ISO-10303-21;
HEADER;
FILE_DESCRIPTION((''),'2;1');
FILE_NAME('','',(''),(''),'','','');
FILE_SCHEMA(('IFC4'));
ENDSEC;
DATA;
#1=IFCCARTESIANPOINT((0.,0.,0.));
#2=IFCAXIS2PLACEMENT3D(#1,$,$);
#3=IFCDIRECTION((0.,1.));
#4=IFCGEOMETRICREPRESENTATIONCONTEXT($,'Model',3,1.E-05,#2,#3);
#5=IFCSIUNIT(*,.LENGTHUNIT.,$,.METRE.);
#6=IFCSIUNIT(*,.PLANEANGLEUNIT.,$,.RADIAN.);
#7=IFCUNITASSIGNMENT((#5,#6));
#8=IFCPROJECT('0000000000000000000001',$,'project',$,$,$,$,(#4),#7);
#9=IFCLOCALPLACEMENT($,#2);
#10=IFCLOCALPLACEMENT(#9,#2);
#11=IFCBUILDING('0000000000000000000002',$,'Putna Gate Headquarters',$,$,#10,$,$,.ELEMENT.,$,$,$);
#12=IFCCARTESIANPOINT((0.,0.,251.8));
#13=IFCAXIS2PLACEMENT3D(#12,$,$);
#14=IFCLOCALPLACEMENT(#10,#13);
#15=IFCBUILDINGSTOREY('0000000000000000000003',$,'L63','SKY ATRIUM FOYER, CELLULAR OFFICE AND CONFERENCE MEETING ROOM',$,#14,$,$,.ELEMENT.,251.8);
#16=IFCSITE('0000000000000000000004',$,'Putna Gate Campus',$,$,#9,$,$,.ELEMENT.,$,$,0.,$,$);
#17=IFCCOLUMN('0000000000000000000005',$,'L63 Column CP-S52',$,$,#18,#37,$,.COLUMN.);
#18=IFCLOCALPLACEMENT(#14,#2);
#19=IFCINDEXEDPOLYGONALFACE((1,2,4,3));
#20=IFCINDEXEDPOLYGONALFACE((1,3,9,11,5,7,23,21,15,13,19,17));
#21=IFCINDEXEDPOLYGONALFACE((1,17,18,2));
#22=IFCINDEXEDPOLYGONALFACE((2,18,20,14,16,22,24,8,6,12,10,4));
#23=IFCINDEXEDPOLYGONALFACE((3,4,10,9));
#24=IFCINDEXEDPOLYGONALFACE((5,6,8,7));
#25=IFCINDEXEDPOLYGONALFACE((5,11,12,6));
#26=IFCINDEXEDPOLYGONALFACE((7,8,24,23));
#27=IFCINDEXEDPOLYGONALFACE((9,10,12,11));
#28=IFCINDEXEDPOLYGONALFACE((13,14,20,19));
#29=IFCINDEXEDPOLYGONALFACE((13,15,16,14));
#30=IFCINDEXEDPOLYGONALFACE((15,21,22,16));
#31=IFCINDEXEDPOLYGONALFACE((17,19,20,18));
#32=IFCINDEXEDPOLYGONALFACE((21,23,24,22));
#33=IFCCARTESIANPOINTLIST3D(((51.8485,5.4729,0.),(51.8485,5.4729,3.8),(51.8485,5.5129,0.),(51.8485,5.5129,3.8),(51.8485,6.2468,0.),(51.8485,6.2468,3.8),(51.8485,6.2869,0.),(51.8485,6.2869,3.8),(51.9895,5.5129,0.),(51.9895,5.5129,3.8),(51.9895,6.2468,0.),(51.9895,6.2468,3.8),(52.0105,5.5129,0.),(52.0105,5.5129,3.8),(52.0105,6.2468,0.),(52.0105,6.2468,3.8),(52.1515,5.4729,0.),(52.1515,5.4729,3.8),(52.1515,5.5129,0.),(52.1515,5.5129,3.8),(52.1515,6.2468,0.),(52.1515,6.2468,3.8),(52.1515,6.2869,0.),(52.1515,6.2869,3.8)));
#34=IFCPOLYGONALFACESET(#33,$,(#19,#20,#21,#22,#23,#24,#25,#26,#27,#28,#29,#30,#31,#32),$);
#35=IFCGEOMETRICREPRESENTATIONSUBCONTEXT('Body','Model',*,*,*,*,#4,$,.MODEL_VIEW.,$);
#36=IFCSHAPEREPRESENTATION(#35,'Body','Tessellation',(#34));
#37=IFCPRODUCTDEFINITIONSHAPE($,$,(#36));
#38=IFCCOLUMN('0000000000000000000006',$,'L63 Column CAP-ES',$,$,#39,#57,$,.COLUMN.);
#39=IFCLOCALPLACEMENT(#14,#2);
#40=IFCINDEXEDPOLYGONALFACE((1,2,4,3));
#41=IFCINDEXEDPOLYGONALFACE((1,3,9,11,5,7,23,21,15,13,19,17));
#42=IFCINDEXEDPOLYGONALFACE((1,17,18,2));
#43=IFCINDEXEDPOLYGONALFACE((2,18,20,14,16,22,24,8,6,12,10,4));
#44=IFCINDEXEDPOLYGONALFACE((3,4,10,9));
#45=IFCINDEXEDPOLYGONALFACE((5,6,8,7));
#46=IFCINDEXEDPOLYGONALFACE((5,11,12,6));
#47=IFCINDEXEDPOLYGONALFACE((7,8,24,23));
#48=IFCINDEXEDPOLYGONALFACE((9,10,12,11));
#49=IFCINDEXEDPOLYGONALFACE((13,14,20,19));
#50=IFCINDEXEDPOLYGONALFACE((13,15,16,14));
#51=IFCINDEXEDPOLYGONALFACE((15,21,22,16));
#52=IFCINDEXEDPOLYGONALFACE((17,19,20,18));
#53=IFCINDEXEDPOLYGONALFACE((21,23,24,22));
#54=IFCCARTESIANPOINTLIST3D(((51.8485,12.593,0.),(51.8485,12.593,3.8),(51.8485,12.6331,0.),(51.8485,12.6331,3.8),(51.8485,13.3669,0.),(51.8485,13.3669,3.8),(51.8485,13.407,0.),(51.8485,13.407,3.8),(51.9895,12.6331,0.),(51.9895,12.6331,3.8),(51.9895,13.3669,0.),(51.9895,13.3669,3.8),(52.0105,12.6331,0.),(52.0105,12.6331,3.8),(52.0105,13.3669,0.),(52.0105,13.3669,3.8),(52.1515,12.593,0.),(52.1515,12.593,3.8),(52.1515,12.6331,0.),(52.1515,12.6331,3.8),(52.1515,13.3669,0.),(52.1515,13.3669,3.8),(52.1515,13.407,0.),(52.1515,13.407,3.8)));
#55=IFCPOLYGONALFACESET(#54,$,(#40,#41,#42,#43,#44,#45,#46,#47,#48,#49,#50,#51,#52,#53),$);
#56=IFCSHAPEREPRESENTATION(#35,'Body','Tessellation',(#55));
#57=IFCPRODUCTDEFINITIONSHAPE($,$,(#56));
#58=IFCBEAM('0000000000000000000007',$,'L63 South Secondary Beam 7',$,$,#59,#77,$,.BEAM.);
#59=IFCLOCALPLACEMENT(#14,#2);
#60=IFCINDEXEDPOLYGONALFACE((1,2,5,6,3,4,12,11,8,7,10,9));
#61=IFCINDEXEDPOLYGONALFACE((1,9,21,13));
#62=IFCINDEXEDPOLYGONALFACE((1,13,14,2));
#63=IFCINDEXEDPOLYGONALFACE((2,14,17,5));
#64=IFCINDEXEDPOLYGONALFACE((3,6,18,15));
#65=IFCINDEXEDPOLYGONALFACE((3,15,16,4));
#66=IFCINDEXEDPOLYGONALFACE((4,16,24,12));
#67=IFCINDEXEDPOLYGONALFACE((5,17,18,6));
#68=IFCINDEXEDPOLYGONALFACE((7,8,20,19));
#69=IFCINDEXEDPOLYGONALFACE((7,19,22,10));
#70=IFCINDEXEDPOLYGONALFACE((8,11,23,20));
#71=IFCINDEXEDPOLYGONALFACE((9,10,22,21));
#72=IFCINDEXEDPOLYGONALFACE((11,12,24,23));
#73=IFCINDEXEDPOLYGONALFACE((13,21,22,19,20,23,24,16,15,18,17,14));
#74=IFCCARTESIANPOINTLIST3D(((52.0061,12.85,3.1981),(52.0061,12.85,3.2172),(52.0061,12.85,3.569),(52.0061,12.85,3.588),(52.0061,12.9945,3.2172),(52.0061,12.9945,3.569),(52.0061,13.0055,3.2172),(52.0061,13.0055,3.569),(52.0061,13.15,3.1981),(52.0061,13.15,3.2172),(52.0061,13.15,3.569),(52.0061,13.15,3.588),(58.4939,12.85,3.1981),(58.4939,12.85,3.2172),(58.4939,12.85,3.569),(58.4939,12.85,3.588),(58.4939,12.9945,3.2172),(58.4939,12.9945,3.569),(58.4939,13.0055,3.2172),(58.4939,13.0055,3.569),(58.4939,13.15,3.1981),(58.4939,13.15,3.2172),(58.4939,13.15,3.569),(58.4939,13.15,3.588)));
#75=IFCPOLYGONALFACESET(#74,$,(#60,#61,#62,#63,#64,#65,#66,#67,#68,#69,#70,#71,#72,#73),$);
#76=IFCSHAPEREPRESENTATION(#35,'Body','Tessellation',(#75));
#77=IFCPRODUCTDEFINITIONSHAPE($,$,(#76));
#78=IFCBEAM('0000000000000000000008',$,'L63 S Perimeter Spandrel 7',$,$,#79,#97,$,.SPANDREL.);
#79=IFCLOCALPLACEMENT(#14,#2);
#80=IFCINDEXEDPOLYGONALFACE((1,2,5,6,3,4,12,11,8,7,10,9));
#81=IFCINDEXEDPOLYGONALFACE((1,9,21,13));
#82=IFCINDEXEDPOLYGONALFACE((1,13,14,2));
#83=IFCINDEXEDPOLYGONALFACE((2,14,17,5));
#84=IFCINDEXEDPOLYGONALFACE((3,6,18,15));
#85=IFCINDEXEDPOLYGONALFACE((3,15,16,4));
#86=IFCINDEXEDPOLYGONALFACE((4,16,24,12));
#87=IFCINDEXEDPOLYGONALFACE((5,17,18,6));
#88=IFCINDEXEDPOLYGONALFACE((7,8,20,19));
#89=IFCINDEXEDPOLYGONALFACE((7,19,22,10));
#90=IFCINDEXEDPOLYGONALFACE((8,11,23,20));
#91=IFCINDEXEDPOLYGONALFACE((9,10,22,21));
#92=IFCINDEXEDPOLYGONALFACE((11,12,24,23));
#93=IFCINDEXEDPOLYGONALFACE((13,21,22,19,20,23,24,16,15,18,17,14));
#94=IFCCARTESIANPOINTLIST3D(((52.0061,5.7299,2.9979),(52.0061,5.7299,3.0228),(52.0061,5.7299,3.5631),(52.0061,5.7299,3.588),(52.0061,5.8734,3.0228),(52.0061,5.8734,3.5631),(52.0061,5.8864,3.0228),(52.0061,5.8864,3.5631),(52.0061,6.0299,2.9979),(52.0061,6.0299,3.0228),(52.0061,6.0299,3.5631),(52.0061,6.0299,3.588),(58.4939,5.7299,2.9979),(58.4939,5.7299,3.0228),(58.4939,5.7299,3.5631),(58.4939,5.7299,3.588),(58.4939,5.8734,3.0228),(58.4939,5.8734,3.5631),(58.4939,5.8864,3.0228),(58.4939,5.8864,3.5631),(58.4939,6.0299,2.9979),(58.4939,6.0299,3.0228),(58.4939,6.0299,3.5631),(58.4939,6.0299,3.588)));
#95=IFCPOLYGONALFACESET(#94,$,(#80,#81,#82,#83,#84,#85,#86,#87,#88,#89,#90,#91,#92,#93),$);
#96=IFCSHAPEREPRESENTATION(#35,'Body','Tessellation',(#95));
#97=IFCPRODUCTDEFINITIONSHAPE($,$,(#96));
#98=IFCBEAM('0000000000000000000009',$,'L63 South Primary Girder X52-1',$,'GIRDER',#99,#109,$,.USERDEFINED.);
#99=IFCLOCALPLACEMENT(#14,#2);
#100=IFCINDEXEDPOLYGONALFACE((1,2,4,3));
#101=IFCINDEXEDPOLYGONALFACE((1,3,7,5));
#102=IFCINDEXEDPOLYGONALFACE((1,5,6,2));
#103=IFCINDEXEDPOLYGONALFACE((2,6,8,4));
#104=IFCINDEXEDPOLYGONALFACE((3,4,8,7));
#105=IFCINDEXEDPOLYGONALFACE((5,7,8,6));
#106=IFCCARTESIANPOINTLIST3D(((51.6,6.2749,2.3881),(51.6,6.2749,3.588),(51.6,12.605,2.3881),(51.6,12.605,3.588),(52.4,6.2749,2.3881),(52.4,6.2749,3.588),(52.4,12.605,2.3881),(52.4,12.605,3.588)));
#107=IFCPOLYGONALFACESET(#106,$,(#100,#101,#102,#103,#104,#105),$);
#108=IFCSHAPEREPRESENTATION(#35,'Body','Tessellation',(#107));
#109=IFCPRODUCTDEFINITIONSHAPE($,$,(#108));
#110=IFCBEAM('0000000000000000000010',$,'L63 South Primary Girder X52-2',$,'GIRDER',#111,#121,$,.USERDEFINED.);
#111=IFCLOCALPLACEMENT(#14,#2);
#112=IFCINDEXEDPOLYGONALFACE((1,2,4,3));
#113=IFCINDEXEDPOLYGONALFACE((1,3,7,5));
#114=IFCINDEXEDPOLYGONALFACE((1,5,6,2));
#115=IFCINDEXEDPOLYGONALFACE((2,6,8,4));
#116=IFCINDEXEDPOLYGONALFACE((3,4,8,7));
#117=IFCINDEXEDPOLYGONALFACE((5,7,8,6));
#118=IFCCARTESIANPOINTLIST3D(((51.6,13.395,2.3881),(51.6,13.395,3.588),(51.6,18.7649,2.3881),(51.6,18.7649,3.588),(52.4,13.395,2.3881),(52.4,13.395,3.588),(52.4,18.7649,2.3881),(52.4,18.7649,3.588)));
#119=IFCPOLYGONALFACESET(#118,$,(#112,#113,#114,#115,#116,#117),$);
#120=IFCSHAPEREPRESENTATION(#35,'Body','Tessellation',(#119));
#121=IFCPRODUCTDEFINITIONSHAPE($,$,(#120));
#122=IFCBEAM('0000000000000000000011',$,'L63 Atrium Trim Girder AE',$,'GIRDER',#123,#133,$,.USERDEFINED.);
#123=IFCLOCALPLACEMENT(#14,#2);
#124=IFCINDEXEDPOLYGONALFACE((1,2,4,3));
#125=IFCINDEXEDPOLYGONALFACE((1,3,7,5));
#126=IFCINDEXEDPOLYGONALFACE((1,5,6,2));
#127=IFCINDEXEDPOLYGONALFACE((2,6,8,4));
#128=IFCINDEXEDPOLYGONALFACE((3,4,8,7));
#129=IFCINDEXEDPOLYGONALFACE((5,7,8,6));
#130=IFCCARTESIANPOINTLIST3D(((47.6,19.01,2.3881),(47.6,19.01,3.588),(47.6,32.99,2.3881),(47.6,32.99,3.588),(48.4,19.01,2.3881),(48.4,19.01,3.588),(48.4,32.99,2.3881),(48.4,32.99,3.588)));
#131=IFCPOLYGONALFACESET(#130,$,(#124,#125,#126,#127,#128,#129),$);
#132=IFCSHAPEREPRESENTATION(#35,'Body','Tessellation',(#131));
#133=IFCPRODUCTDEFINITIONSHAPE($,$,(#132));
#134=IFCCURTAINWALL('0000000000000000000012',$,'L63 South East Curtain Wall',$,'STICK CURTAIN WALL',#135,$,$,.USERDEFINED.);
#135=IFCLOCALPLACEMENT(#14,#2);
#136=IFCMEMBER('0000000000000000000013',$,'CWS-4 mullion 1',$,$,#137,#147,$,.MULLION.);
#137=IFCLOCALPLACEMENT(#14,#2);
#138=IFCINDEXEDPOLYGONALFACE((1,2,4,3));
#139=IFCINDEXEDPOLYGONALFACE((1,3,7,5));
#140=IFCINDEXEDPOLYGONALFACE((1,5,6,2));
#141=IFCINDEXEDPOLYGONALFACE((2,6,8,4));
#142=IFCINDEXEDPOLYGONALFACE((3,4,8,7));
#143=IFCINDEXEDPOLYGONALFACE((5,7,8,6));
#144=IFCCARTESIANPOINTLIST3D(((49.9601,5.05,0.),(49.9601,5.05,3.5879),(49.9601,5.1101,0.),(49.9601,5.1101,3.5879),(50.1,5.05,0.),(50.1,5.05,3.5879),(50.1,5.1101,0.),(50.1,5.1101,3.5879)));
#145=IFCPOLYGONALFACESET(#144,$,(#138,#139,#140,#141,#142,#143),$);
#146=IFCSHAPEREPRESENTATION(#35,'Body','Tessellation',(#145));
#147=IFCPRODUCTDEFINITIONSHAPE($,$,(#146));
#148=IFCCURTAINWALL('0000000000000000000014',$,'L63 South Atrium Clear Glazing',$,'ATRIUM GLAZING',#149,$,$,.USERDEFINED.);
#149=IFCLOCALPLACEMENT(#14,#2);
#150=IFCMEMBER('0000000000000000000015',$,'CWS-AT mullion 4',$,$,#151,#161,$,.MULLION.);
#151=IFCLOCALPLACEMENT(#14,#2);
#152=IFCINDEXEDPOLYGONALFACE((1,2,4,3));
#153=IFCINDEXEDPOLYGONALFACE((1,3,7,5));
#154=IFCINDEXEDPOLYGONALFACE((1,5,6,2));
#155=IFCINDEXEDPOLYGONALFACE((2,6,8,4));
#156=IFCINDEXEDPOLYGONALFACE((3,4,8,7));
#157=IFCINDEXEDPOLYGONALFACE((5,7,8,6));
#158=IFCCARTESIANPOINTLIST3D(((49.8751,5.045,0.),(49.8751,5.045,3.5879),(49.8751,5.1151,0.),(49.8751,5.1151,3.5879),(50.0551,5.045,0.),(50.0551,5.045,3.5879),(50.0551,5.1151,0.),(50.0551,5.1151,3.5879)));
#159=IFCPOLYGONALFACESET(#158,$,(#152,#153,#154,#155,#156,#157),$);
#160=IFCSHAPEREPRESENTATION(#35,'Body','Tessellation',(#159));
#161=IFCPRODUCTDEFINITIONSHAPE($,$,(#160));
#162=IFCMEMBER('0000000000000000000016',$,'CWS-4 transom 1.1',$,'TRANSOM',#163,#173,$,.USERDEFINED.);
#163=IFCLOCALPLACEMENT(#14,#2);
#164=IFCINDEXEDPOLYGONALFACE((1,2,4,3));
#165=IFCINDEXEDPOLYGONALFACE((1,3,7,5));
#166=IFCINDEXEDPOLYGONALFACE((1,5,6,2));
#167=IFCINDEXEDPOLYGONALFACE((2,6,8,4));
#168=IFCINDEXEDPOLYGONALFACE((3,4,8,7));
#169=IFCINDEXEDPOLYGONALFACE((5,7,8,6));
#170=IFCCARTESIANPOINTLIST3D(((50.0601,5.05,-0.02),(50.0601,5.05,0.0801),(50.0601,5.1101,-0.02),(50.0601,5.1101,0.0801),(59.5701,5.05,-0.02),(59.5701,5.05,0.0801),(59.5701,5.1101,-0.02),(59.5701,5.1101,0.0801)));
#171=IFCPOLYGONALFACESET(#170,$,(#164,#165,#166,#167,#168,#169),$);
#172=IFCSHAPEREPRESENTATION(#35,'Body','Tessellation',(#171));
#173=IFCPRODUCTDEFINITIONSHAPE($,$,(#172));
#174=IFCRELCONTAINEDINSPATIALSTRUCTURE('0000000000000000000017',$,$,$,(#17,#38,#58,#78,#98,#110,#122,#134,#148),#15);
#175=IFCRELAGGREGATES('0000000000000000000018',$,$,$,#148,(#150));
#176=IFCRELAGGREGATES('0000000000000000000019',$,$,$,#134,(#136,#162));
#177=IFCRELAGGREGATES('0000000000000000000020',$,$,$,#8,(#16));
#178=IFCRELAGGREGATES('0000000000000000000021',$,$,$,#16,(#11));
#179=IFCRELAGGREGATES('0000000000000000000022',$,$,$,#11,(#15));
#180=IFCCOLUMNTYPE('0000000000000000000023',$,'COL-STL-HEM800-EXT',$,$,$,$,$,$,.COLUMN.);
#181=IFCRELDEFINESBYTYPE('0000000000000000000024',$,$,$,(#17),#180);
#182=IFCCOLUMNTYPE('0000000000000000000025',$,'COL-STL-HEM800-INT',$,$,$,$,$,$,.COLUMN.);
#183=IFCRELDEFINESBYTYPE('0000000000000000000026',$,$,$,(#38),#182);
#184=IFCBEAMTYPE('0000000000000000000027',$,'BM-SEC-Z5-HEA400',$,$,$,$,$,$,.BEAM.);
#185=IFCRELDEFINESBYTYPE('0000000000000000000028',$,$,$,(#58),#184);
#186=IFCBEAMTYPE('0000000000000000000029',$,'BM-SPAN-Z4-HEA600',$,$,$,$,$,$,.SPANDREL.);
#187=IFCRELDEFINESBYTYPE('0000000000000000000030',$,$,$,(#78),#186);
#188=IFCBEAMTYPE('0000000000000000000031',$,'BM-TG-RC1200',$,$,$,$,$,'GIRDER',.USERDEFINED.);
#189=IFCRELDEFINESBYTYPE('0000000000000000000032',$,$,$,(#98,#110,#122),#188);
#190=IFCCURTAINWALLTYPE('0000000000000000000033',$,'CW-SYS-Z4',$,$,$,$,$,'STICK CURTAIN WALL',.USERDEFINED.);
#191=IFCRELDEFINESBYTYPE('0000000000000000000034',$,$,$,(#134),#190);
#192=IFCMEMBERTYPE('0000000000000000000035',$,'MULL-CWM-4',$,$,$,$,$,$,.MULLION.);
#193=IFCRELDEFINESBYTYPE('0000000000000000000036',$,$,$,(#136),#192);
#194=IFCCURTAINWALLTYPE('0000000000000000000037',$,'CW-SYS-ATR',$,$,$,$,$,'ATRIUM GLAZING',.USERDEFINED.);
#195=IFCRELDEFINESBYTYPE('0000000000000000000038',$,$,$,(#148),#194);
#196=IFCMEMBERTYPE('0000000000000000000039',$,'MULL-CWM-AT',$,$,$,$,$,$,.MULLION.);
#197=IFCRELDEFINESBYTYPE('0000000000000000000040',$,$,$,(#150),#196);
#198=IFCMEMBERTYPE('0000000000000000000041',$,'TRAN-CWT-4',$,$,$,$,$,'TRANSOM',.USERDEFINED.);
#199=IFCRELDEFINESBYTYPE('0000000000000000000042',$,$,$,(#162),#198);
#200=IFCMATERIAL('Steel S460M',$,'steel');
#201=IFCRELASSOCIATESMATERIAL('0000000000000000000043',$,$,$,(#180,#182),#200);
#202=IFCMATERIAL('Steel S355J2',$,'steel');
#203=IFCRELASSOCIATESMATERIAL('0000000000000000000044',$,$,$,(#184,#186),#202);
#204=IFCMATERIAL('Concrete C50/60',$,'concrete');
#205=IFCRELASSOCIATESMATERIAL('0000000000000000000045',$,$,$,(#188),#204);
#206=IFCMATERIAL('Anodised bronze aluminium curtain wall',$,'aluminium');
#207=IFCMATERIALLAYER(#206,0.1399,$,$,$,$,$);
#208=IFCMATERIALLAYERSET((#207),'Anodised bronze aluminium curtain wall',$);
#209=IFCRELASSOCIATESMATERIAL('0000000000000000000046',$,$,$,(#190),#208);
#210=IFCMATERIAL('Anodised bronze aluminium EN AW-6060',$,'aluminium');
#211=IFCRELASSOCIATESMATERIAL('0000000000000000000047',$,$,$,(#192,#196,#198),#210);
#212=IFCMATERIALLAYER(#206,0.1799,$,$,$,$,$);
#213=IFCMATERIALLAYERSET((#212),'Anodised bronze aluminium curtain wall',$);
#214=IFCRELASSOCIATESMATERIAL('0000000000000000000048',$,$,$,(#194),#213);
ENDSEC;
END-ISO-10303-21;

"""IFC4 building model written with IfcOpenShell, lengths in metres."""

from ifc_helpers import new_model, si_unit, direction, frame, origin, origin_2d, place, context, subcontext, project, spatial, rectangle, i_section, extrude, material, layer, layer_set, material_profile, profile_set, type_object, element, aggregate, save


model = new_model("IFC4")

# Units and contexts
model_context = context("Model", 3, precision=1e-05, world=origin(), true_north=direction((0.0, 1.0)))
body_context = subcontext(model_context, "Body", "Model", "MODEL_VIEW")
ifc_project = project(units=[si_unit("LENGTHUNIT", "METRE"), si_unit("PLANEANGLEUNIT", "RADIAN")], contexts=[model_context])

# Site, building, storey
site_placement = place(None, origin())
site = spatial("IfcSite", under=ifc_project, at=site_placement, Name="Putna Gate Campus", CompositionType="ELEMENT", RefElevation=0.0)
building_placement = place(site_placement, origin())
building = spatial("IfcBuilding", under=site, at=building_placement, Name="Putna Gate Headquarters", CompositionType="ELEMENT")
storey_placement = place(building_placement, frame((0.0, 0.0, 251.8)))
storey = spatial("IfcBuildingStorey", under=building, at=storey_placement, Name="L63", Description="SKY ATRIUM FOYER, CELLULAR OFFICE AND CONFERENCE MEETING ROOM", CompositionType="ELEMENT", Elevation=251.8)

# Columns
ifc_material_1 = material(Name="Steel S460M", Category="steel")
ifc_material_profile_1 = material_profile(ifc_material_1, i_section(OverallWidth=0.303, OverallDepth=0.814, WebThickness=0.021, FlangeThickness=0.04, at=origin_2d()), Name="Steel S460M")
ifc_profile_set_1 = profile_set([ifc_material_profile_1], Name="Steel S460M")
column_type_1 = type_object("IfcColumnType", Name="COL-STL-HEM800-EXT", PredefinedType="COLUMN", material=ifc_profile_set_1)
column_1_placement = place(storey_placement, frame((52.0, 5.8799, 0.0), z_axis=(0.0, 0.0, 1.0), x_axis=(1.0, 0.0, 0.0)))
element("IfcColumn", 1, at=column_1_placement, inside=storey, type_object=column_type_1, Name="L63 Column CP-S52", PredefinedType="COLUMN", context=body_context, shape_type="SweptSolid", body=[
    extrude(i_section(OverallWidth=0.303, OverallDepth=0.814, WebThickness=0.021, FlangeThickness=0.04, at=origin_2d()), origin(), (0.0, 0.0, 1.0), 3.8),
])
ifc_material_profile_2 = material_profile(ifc_material_1, i_section(OverallWidth=0.303, OverallDepth=0.814, WebThickness=0.021, FlangeThickness=0.04, at=origin_2d()), Name="Steel S460M")
ifc_profile_set_2 = profile_set([ifc_material_profile_2], Name="Steel S460M")
column_type_2 = type_object("IfcColumnType", Name="COL-STL-HEM800-INT", PredefinedType="COLUMN", material=ifc_profile_set_2)
column_2_placement = place(storey_placement, frame((52.0, 13.0, 0.0), z_axis=(0.0, 0.0, 1.0), x_axis=(1.0, 0.0, 0.0)))
element("IfcColumn", 2, at=column_2_placement, inside=storey, type_object=column_type_2, Name="L63 Column CAP-ES", PredefinedType="COLUMN", context=body_context, shape_type="SweptSolid", body=[
    extrude(i_section(OverallWidth=0.303, OverallDepth=0.814, WebThickness=0.021, FlangeThickness=0.04, at=origin_2d()), origin(), (0.0, 0.0, 1.0), 3.8),
])

# Beams
ifc_material_2 = material(Name="Steel S355J2", Category="steel")
ifc_material_profile_3 = material_profile(ifc_material_2, i_section(OverallWidth=0.3, OverallDepth=0.3899, WebThickness=0.011, FlangeThickness=0.019, at=origin_2d()), Name="Steel S355J2")
ifc_profile_set_3 = profile_set([ifc_material_profile_3], Name="Steel S355J2")
beam_type_1 = type_object("IfcBeamType", Name="BM-SEC-Z5-HEA400", PredefinedType="BEAM", material=ifc_profile_set_3)
beam_1_placement = place(storey_placement, frame((52.0061, 13.0, 3.3931), z_axis=(1.0, 0.0, 0.0), x_axis=(0.0, 1.0, 0.0)))
element("IfcBeam", 3, at=beam_1_placement, inside=storey, type_object=beam_type_1, Name="L63 South Secondary Beam 7", PredefinedType="BEAM", context=body_context, shape_type="SweptSolid", body=[
    extrude(i_section(OverallWidth=0.3, OverallDepth=0.3899, WebThickness=0.011, FlangeThickness=0.019, at=origin_2d()), origin(), (0.0, 0.0, 1.0), 6.4878),
])
ifc_material_profile_4 = material_profile(ifc_material_2, i_section(OverallWidth=0.3, OverallDepth=0.5901, WebThickness=0.0129, FlangeThickness=0.0249, at=origin_2d()), Name="Steel S355J2")
ifc_profile_set_4 = profile_set([ifc_material_profile_4], Name="Steel S355J2")
beam_type_2 = type_object("IfcBeamType", Name="BM-SPAN-Z4-HEA600", PredefinedType="SPANDREL", material=ifc_profile_set_4)
beam_2_placement = place(storey_placement, frame((52.0061, 5.8799, 3.293), z_axis=(1.0, 0.0, 0.0), x_axis=(0.0, 1.0, 0.0)))
element("IfcBeam", 4, at=beam_2_placement, inside=storey, type_object=beam_type_2, Name="L63 S Perimeter Spandrel 7", PredefinedType="SPANDREL", context=body_context, shape_type="SweptSolid", body=[
    extrude(i_section(OverallWidth=0.3, OverallDepth=0.5901, WebThickness=0.0129, FlangeThickness=0.0249, at=origin_2d()), origin(), (0.0, 0.0, 1.0), 6.4878),
])
ifc_material_3 = material(Name="Concrete C50/60", Category="concrete")
ifc_material_profile_5 = material_profile(ifc_material_3, rectangle(XDim=0.8, YDim=1.2, at=origin_2d()), Name="Concrete C50/60")
ifc_profile_set_5 = profile_set([ifc_material_profile_5], Name="Concrete C50/60")
beam_type_3 = type_object("IfcBeamType", Name="BM-TG-RC1200", ElementType="GIRDER", PredefinedType="USERDEFINED", material=ifc_profile_set_5)
beam_3_placement = place(storey_placement, frame((52.0, 6.2749, 2.988), z_axis=(0.0, 1.0, 0.0), x_axis=(-1.0, 0.0, 0.0)))
element("IfcBeam", 5, at=beam_3_placement, inside=storey, type_object=beam_type_3, Name="L63 South Primary Girder X52-1", ObjectType="GIRDER", PredefinedType="USERDEFINED", context=body_context, shape_type="SweptSolid", body=[
    extrude(rectangle(XDim=0.8, YDim=1.2, at=origin_2d()), origin(), (0.0, 0.0, 1.0), 6.3301),
])
beam_4_placement = place(storey_placement, frame((52.0, 13.395, 2.988), z_axis=(0.0, 1.0, 0.0), x_axis=(-1.0, 0.0, 0.0)))
element("IfcBeam", 6, at=beam_4_placement, inside=storey, type_object=beam_type_3, Name="L63 South Primary Girder X52-2", ObjectType="GIRDER", PredefinedType="USERDEFINED", context=body_context, shape_type="SweptSolid", body=[
    extrude(rectangle(XDim=0.8, YDim=1.2, at=origin_2d()), origin(), (0.0, 0.0, 1.0), 5.3699),
])
beam_5_placement = place(storey_placement, frame((48.0, 19.01, 2.988), z_axis=(0.0, 1.0, 0.0), x_axis=(-1.0, 0.0, 0.0)))
element("IfcBeam", 7, at=beam_5_placement, inside=storey, type_object=beam_type_3, Name="L63 Atrium Trim Girder AE", ObjectType="GIRDER", PredefinedType="USERDEFINED", context=body_context, shape_type="SweptSolid", body=[
    extrude(rectangle(XDim=0.8, YDim=1.2, at=origin_2d()), origin(), (0.0, 0.0, 1.0), 13.98),
])

# Curtain walls, members
ifc_material_4 = material(Name="Anodised bronze aluminium curtain wall", Category="aluminium")
ifc_layer_1 = layer(ifc_material_4, 0.1399)
ifc_layer_set_1 = layer_set([ifc_layer_1], Name="Anodised bronze aluminium curtain wall")
curtain_wall_type_1 = type_object("IfcCurtainWallType", Name="CW-SYS-Z4", ElementType="STICK CURTAIN WALL", PredefinedType="USERDEFINED", material=ifc_layer_set_1)
curtain_wall_1_placement = place(storey_placement, origin())
curtain_wall_1 = element("IfcCurtainWall", 8, at=curtain_wall_1_placement, inside=storey, type_object=curtain_wall_type_1, Name="L63 South East Curtain Wall", ObjectType="STICK CURTAIN WALL", PredefinedType="USERDEFINED")
ifc_material_5 = material(Name="Anodised bronze aluminium EN AW-6060", Category="aluminium")
ifc_material_profile_6 = material_profile(ifc_material_5, rectangle(XDim=0.0601, YDim=0.1399, at=origin_2d()), Name="Anodised bronze aluminium EN AW-6060")
ifc_profile_set_6 = profile_set([ifc_material_profile_6], Name="Anodised bronze aluminium EN AW-6060")
member_type_1 = type_object("IfcMemberType", Name="MULL-CWM-4", PredefinedType="MULLION", material=ifc_profile_set_6)
member_1_placement = place(storey_placement, frame((50.03, 5.0801, 0.0), z_axis=(0.0, 0.0, 1.0), x_axis=(0.0, 1.0, 0.0)))
member_1 = element("IfcMember", 9, at=member_1_placement, type_object=member_type_1, Name="CWS-4 mullion 1", PredefinedType="MULLION", context=body_context, shape_type="SweptSolid", body=[
    extrude(rectangle(XDim=0.0601, YDim=0.1399, at=origin_2d()), origin(), (0.0, 0.0, 1.0), 3.5879),
])
ifc_layer_2 = layer(ifc_material_4, 0.1799)
ifc_layer_set_2 = layer_set([ifc_layer_2], Name="Anodised bronze aluminium curtain wall")
curtain_wall_type_2 = type_object("IfcCurtainWallType", Name="CW-SYS-ATR", ElementType="ATRIUM GLAZING", PredefinedType="USERDEFINED", material=ifc_layer_set_2)
curtain_wall_2_placement = place(storey_placement, origin())
curtain_wall_2 = element("IfcCurtainWall", 10, at=curtain_wall_2_placement, inside=storey, type_object=curtain_wall_type_2, Name="L63 South Atrium Clear Glazing", ObjectType="ATRIUM GLAZING", PredefinedType="USERDEFINED")
ifc_material_profile_7 = material_profile(ifc_material_5, rectangle(XDim=0.0701, YDim=0.1799, at=origin_2d()), Name="Anodised bronze aluminium EN AW-6060")
ifc_profile_set_7 = profile_set([ifc_material_profile_7], Name="Anodised bronze aluminium EN AW-6060")
member_type_2 = type_object("IfcMemberType", Name="MULL-CWM-AT", PredefinedType="MULLION", material=ifc_profile_set_7)
member_2_placement = place(storey_placement, frame((49.9651, 5.0801, 0.0), z_axis=(0.0, 0.0, 1.0), x_axis=(0.0, 1.0, 0.0)))
member_2 = element("IfcMember", 11, at=member_2_placement, type_object=member_type_2, Name="CWS-AT mullion 4", PredefinedType="MULLION", context=body_context, shape_type="SweptSolid", body=[
    extrude(rectangle(XDim=0.0701, YDim=0.1799, at=origin_2d()), origin(), (0.0, 0.0, 1.0), 3.5879),
])
aggregate(curtain_wall_2, [member_2])

# Member
ifc_material_profile_8 = material_profile(ifc_material_5, rectangle(XDim=0.0601, YDim=0.1001, at=origin_2d()), Name="Anodised bronze aluminium EN AW-6060")
ifc_profile_set_8 = profile_set([ifc_material_profile_8], Name="Anodised bronze aluminium EN AW-6060")
member_type_3 = type_object("IfcMemberType", Name="TRAN-CWT-4", ElementType="TRANSOM", PredefinedType="USERDEFINED", material=ifc_profile_set_8)
member_3_placement = place(storey_placement, frame((50.0601, 5.0801, 0.03), z_axis=(1.0, 0.0, 0.0), x_axis=(0.0, 1.0, 0.0)))
member_3 = element("IfcMember", 12, at=member_3_placement, type_object=member_type_3, Name="CWS-4 transom 1.1", ObjectType="TRANSOM", PredefinedType="USERDEFINED", context=body_context, shape_type="SweptSolid", body=[
    extrude(rectangle(XDim=0.0601, YDim=0.1001, at=origin_2d()), origin(), (0.0, 0.0, 1.0), 9.51),
])

aggregate(curtain_wall_1, [member_1, member_3])

save(model, "model.ifc")
